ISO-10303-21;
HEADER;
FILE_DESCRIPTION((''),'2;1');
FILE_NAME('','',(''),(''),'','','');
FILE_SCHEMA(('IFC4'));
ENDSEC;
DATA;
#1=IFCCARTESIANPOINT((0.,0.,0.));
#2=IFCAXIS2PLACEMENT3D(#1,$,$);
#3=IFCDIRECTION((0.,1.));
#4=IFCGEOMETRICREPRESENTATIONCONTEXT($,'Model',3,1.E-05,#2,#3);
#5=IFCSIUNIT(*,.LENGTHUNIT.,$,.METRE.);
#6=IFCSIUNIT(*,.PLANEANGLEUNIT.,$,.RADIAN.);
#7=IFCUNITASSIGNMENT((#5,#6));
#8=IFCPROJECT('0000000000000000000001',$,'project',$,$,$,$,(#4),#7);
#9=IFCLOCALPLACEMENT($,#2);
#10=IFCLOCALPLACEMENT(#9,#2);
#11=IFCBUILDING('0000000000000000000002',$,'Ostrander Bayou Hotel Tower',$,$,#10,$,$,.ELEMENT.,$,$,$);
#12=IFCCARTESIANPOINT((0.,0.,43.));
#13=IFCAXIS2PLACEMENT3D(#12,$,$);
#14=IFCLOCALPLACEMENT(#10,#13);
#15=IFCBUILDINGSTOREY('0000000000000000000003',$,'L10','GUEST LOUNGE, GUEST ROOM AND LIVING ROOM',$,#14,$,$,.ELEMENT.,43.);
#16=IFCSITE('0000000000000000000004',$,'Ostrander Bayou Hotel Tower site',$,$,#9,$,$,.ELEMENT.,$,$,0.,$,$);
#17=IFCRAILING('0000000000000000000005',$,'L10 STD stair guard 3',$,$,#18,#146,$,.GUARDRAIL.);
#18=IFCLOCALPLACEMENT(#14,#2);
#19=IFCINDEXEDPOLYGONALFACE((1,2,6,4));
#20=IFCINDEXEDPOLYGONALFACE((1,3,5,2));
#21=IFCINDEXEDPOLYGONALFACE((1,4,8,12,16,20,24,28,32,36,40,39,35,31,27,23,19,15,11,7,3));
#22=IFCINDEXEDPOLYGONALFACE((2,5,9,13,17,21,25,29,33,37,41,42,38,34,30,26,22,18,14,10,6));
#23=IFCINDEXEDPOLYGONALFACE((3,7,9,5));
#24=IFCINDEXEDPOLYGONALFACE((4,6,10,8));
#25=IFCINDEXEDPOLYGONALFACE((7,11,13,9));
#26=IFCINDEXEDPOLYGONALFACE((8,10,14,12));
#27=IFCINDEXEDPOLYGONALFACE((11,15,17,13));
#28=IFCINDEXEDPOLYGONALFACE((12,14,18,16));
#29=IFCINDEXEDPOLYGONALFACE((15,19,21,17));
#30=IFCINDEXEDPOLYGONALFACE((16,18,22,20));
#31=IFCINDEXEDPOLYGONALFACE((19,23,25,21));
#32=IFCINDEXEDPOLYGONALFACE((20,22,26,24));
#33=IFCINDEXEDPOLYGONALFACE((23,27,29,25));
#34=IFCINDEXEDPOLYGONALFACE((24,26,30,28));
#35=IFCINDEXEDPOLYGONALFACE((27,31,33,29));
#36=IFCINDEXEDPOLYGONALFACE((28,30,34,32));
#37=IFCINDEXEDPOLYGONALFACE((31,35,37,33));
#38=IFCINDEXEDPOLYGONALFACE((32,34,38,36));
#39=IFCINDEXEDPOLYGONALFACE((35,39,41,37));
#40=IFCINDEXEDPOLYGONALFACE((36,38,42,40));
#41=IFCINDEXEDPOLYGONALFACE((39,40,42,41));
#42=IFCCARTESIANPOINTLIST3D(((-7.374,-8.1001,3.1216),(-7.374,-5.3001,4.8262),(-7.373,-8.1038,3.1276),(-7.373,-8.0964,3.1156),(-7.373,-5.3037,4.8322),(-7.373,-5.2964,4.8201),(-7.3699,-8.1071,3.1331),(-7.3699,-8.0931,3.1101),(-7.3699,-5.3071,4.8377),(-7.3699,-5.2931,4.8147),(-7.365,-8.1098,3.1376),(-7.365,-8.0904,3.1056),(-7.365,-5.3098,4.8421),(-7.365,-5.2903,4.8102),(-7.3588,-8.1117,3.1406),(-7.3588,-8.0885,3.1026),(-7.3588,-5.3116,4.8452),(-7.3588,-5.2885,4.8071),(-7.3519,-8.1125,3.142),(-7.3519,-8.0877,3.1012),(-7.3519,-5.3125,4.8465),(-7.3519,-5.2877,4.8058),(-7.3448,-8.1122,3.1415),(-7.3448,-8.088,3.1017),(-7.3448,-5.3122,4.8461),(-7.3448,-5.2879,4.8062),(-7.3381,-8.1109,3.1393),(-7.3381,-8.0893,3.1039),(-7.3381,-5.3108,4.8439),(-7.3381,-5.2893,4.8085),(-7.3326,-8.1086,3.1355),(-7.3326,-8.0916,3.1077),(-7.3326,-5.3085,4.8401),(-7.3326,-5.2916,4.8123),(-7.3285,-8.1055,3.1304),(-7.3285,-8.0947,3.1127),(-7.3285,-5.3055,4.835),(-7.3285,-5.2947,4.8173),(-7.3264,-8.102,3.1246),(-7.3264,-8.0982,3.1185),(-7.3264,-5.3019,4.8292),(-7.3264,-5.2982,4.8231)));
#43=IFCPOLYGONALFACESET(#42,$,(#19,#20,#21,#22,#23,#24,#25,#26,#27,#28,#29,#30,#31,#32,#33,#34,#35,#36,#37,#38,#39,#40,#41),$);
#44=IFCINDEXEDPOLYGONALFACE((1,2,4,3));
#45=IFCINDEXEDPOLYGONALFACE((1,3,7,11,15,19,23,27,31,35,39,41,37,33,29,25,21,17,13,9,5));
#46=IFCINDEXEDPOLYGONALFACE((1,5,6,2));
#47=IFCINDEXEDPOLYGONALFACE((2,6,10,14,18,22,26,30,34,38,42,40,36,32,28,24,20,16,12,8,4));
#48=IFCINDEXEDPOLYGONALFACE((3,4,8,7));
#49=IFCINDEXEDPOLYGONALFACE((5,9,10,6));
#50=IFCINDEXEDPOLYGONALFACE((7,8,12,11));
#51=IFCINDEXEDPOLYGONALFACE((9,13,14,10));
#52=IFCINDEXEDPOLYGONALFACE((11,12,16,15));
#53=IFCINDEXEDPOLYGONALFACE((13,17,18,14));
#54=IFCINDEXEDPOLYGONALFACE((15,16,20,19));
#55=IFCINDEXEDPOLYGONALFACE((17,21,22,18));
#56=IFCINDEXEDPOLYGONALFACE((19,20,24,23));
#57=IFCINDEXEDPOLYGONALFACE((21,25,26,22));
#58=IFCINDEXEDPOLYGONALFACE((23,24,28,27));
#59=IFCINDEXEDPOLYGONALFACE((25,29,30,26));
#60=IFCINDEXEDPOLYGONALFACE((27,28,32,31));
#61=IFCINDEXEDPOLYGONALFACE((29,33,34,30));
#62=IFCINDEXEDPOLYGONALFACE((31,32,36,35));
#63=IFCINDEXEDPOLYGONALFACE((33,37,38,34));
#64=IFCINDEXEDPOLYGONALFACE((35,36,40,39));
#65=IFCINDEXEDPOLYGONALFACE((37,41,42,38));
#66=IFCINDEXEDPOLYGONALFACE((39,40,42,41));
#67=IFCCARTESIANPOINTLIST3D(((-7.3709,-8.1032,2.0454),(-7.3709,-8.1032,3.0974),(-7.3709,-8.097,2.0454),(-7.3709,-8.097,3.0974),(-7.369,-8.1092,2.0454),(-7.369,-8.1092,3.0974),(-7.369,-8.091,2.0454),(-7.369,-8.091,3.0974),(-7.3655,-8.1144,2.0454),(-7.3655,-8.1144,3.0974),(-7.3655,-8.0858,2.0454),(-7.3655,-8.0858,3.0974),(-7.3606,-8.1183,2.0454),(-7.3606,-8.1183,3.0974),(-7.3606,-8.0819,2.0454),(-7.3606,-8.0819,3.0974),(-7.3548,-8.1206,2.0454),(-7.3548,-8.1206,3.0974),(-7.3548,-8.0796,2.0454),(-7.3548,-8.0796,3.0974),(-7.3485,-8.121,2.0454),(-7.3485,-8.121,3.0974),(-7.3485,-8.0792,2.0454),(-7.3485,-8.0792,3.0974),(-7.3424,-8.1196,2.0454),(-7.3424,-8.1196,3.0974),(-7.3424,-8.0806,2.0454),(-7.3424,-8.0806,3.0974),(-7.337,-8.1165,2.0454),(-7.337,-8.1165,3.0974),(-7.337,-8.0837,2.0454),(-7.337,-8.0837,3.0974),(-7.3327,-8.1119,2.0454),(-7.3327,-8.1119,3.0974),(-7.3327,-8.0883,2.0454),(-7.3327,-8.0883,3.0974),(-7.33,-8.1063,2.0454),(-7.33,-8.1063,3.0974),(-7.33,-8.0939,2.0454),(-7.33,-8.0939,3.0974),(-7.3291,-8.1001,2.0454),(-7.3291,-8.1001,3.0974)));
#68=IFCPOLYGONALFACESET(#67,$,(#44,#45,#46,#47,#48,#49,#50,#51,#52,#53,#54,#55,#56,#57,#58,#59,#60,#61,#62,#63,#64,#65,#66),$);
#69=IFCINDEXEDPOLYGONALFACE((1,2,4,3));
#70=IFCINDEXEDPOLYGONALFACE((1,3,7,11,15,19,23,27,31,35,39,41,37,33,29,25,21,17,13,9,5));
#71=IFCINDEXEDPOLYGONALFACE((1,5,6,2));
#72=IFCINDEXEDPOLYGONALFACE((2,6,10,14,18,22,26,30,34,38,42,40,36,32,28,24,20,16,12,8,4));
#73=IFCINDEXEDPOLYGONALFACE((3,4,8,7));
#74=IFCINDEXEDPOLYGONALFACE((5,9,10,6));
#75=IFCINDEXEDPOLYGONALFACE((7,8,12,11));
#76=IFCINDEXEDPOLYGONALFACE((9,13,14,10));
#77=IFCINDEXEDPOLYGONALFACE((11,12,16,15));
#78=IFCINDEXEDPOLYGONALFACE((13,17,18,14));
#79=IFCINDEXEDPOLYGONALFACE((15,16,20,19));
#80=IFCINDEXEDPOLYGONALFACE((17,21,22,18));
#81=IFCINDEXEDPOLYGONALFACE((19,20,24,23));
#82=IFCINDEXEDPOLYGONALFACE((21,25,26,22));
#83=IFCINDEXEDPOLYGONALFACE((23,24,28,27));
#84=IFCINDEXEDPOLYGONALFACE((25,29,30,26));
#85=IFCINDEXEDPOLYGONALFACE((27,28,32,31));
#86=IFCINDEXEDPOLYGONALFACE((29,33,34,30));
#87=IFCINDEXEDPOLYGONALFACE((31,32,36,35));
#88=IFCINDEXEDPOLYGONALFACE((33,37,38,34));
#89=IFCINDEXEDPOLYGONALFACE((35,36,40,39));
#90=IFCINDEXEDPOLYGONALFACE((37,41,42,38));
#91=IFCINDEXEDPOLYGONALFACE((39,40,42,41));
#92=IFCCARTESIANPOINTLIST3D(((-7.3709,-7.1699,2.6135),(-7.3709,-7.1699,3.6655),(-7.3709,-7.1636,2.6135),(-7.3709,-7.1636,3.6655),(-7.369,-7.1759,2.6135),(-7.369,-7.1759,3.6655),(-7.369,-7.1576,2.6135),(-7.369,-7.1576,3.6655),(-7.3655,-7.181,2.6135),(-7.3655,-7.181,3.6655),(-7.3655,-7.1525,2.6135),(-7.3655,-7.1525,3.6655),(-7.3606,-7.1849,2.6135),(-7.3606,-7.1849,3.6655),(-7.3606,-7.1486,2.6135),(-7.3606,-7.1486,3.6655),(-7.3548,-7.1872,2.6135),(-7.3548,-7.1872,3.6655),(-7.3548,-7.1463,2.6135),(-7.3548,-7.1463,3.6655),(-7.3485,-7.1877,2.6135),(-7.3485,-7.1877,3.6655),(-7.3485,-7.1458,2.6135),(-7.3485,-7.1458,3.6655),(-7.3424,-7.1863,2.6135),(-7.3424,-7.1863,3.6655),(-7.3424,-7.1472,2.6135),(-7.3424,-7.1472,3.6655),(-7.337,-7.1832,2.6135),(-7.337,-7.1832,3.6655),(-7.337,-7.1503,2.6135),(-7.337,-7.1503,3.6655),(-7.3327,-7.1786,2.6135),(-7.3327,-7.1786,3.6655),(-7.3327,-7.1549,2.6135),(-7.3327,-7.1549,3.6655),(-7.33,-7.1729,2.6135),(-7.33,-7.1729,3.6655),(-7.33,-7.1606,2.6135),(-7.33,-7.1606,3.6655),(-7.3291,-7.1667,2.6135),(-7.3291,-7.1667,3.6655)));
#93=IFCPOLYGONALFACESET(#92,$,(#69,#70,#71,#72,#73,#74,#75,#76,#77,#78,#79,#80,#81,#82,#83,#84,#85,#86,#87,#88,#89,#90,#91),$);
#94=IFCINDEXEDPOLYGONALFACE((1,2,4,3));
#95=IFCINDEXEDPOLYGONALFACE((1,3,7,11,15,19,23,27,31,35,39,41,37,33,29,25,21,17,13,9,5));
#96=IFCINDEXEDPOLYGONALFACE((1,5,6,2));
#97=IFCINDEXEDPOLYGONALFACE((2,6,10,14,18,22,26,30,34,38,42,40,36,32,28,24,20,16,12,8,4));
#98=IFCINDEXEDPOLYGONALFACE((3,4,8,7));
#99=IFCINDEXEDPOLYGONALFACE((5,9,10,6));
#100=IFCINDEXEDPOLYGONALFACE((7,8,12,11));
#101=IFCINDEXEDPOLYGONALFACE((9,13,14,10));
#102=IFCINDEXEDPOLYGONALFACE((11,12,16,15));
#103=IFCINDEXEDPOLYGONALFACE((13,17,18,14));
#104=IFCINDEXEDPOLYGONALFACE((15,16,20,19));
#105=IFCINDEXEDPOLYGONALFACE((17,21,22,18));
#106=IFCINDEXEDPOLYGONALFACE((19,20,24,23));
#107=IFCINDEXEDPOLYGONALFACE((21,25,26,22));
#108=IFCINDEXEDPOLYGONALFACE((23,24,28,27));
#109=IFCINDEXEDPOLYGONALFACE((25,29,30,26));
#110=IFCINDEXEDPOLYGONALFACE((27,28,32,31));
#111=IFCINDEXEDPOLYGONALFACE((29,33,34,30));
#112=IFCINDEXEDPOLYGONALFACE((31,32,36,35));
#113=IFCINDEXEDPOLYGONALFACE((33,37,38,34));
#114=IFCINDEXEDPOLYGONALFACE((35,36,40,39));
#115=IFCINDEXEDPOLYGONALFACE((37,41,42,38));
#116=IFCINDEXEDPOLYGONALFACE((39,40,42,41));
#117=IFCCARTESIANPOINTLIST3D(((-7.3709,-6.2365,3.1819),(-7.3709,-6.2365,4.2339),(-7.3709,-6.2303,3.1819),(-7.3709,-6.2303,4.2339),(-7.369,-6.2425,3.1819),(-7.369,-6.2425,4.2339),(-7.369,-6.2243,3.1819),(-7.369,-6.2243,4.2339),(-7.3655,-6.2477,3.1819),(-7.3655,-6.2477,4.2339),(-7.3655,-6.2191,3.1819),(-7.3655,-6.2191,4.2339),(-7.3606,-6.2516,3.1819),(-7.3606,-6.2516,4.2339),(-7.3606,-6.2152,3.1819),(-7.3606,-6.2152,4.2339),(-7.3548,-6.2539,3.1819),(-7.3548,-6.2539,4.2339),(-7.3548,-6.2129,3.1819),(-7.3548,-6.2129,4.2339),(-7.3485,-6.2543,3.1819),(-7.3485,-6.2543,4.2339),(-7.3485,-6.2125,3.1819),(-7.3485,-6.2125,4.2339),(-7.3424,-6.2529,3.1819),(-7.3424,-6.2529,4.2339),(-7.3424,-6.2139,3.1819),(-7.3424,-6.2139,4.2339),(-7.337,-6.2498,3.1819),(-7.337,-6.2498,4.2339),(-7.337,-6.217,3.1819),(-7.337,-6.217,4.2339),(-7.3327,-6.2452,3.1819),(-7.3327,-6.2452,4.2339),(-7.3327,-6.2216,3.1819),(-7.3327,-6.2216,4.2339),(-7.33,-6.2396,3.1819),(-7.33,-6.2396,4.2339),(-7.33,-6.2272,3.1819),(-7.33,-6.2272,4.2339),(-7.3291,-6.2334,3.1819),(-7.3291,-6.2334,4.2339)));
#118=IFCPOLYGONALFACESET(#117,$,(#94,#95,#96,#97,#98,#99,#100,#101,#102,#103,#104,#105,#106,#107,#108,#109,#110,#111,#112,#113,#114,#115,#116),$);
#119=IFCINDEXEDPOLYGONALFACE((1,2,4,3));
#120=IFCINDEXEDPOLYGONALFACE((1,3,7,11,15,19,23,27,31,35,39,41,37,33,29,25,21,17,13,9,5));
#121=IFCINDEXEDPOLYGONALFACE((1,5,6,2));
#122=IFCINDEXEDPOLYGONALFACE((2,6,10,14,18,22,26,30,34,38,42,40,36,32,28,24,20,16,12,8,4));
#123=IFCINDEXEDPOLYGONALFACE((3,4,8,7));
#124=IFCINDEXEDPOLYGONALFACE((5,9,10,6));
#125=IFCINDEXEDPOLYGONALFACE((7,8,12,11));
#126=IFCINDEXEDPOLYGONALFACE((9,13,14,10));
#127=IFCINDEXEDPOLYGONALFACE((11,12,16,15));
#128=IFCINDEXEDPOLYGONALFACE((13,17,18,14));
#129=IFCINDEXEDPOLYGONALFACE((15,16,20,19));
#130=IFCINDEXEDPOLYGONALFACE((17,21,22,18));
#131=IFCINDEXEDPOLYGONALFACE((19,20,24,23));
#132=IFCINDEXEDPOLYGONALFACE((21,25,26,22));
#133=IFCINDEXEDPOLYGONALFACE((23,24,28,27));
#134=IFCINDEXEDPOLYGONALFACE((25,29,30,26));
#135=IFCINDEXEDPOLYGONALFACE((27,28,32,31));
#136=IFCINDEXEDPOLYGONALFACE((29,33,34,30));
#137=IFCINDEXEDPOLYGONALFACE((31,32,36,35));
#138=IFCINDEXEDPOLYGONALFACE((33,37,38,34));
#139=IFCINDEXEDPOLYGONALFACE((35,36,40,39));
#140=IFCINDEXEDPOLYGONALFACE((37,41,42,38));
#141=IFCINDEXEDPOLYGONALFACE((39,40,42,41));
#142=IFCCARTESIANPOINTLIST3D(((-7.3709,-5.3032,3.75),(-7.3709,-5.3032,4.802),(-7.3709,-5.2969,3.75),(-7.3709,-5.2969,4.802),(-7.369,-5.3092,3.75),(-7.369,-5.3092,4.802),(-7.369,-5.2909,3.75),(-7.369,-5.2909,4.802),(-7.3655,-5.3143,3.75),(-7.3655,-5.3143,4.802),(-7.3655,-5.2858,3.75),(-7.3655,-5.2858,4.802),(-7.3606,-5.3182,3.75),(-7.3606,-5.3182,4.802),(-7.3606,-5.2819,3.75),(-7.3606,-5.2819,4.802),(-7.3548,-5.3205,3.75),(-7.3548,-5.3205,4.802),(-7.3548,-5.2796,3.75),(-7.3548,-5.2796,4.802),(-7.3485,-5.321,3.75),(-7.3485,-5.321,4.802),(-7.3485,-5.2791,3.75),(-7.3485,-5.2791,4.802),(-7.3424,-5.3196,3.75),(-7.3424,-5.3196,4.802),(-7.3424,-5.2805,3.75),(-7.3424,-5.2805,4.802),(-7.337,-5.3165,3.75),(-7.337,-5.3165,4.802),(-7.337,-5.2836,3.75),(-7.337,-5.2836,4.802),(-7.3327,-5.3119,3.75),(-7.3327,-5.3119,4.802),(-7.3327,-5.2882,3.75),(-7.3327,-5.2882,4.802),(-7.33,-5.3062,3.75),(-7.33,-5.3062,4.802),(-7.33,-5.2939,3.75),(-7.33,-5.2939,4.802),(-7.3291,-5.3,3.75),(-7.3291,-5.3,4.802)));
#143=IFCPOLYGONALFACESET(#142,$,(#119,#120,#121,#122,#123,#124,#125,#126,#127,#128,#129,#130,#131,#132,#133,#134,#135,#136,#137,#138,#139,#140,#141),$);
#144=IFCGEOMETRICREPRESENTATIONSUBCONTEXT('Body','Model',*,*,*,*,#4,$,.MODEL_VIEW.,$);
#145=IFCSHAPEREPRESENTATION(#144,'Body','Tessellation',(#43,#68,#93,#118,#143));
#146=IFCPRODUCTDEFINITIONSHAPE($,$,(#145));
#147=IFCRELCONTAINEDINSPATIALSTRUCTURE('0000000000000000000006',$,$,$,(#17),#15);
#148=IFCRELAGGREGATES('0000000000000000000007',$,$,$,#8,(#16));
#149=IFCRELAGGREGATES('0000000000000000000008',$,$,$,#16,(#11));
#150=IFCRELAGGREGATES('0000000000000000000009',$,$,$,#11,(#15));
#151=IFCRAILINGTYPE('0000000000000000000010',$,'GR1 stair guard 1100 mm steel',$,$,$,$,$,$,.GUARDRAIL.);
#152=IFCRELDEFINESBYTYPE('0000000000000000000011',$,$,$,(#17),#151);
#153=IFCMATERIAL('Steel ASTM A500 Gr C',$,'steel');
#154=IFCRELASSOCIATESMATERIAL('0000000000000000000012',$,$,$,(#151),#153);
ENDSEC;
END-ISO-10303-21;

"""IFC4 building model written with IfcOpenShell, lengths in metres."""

from ifc_helpers import new_model, si_unit, direction, frame, origin, origin_2d, place, context, subcontext, project, spatial, circle, extrude, material, type_object, element, save


model = new_model("IFC4")

# Units and contexts
model_context = context("Model", 3, precision=1e-05, world=origin(), true_north=direction((0.0, 1.0)))
body_context = subcontext(model_context, "Body", "Model", "MODEL_VIEW")
ifc_project = project(units=[si_unit("LENGTHUNIT", "METRE"), si_unit("PLANEANGLEUNIT", "RADIAN")], contexts=[model_context])

# Site, building, storey
site_placement = place(None, origin())
site = spatial("IfcSite", under=ifc_project, at=site_placement, Name="Ostrander Bayou Hotel Tower site", CompositionType="ELEMENT", RefElevation=0.0)
building_placement = place(site_placement, origin())
building = spatial("IfcBuilding", under=site, at=building_placement, Name="Ostrander Bayou Hotel Tower", CompositionType="ELEMENT")
storey_placement = place(building_placement, frame((0.0, 0.0, 43.0)))
storey = spatial("IfcBuildingStorey", under=building, at=storey_placement, Name="L10", Description="GUEST LOUNGE, GUEST ROOM AND LIVING ROOM", CompositionType="ELEMENT", Elevation=43.0)

# Railing
ifc_material_1 = material(Name="Steel ASTM A500 Gr C", Category="steel")
railing_type_1 = type_object("IfcRailingType", Name="GR1 stair guard 1100 mm steel", PredefinedType="GUARDRAIL", material=ifc_material_1)
railing_1_placement = place(storey_placement, frame((-7.3501, -8.1001, 2.0454)))
element("IfcRailing", 1, at=railing_1_placement, inside=storey, type_object=railing_type_1, Name="L10 STD stair guard 3", PredefinedType="GUARDRAIL", context=body_context, shape_type="SweptSolid", body=[
    extrude(circle(Radius=0.0239, at=origin_2d()), frame((0.0, 0.0, 1.0762), z_axis=(0.0, 0.85417, 0.519994), x_axis=(-1.0, 0.0, 0.0)), (0.0, 0.0, 1.0), 3.2781),
    extrude(circle(Radius=0.021, at=origin_2d()), origin(), (0.0, 0.0, 1.0), 1.052),
    extrude(circle(Radius=0.021, at=origin_2d()), frame((0.0, 0.9333, 0.5681)), (0.0, 0.0, 1.0), 1.052),
    extrude(circle(Radius=0.021, at=origin_2d()), frame((0.0, 1.8667, 1.1365)), (0.0, 0.0, 1.0), 1.052),
    extrude(circle(Radius=0.021, at=origin_2d()), frame((0.0, 2.8, 1.7046)), (0.0, 0.0, 1.0), 1.052),
])

save(model, "model.ifc")
